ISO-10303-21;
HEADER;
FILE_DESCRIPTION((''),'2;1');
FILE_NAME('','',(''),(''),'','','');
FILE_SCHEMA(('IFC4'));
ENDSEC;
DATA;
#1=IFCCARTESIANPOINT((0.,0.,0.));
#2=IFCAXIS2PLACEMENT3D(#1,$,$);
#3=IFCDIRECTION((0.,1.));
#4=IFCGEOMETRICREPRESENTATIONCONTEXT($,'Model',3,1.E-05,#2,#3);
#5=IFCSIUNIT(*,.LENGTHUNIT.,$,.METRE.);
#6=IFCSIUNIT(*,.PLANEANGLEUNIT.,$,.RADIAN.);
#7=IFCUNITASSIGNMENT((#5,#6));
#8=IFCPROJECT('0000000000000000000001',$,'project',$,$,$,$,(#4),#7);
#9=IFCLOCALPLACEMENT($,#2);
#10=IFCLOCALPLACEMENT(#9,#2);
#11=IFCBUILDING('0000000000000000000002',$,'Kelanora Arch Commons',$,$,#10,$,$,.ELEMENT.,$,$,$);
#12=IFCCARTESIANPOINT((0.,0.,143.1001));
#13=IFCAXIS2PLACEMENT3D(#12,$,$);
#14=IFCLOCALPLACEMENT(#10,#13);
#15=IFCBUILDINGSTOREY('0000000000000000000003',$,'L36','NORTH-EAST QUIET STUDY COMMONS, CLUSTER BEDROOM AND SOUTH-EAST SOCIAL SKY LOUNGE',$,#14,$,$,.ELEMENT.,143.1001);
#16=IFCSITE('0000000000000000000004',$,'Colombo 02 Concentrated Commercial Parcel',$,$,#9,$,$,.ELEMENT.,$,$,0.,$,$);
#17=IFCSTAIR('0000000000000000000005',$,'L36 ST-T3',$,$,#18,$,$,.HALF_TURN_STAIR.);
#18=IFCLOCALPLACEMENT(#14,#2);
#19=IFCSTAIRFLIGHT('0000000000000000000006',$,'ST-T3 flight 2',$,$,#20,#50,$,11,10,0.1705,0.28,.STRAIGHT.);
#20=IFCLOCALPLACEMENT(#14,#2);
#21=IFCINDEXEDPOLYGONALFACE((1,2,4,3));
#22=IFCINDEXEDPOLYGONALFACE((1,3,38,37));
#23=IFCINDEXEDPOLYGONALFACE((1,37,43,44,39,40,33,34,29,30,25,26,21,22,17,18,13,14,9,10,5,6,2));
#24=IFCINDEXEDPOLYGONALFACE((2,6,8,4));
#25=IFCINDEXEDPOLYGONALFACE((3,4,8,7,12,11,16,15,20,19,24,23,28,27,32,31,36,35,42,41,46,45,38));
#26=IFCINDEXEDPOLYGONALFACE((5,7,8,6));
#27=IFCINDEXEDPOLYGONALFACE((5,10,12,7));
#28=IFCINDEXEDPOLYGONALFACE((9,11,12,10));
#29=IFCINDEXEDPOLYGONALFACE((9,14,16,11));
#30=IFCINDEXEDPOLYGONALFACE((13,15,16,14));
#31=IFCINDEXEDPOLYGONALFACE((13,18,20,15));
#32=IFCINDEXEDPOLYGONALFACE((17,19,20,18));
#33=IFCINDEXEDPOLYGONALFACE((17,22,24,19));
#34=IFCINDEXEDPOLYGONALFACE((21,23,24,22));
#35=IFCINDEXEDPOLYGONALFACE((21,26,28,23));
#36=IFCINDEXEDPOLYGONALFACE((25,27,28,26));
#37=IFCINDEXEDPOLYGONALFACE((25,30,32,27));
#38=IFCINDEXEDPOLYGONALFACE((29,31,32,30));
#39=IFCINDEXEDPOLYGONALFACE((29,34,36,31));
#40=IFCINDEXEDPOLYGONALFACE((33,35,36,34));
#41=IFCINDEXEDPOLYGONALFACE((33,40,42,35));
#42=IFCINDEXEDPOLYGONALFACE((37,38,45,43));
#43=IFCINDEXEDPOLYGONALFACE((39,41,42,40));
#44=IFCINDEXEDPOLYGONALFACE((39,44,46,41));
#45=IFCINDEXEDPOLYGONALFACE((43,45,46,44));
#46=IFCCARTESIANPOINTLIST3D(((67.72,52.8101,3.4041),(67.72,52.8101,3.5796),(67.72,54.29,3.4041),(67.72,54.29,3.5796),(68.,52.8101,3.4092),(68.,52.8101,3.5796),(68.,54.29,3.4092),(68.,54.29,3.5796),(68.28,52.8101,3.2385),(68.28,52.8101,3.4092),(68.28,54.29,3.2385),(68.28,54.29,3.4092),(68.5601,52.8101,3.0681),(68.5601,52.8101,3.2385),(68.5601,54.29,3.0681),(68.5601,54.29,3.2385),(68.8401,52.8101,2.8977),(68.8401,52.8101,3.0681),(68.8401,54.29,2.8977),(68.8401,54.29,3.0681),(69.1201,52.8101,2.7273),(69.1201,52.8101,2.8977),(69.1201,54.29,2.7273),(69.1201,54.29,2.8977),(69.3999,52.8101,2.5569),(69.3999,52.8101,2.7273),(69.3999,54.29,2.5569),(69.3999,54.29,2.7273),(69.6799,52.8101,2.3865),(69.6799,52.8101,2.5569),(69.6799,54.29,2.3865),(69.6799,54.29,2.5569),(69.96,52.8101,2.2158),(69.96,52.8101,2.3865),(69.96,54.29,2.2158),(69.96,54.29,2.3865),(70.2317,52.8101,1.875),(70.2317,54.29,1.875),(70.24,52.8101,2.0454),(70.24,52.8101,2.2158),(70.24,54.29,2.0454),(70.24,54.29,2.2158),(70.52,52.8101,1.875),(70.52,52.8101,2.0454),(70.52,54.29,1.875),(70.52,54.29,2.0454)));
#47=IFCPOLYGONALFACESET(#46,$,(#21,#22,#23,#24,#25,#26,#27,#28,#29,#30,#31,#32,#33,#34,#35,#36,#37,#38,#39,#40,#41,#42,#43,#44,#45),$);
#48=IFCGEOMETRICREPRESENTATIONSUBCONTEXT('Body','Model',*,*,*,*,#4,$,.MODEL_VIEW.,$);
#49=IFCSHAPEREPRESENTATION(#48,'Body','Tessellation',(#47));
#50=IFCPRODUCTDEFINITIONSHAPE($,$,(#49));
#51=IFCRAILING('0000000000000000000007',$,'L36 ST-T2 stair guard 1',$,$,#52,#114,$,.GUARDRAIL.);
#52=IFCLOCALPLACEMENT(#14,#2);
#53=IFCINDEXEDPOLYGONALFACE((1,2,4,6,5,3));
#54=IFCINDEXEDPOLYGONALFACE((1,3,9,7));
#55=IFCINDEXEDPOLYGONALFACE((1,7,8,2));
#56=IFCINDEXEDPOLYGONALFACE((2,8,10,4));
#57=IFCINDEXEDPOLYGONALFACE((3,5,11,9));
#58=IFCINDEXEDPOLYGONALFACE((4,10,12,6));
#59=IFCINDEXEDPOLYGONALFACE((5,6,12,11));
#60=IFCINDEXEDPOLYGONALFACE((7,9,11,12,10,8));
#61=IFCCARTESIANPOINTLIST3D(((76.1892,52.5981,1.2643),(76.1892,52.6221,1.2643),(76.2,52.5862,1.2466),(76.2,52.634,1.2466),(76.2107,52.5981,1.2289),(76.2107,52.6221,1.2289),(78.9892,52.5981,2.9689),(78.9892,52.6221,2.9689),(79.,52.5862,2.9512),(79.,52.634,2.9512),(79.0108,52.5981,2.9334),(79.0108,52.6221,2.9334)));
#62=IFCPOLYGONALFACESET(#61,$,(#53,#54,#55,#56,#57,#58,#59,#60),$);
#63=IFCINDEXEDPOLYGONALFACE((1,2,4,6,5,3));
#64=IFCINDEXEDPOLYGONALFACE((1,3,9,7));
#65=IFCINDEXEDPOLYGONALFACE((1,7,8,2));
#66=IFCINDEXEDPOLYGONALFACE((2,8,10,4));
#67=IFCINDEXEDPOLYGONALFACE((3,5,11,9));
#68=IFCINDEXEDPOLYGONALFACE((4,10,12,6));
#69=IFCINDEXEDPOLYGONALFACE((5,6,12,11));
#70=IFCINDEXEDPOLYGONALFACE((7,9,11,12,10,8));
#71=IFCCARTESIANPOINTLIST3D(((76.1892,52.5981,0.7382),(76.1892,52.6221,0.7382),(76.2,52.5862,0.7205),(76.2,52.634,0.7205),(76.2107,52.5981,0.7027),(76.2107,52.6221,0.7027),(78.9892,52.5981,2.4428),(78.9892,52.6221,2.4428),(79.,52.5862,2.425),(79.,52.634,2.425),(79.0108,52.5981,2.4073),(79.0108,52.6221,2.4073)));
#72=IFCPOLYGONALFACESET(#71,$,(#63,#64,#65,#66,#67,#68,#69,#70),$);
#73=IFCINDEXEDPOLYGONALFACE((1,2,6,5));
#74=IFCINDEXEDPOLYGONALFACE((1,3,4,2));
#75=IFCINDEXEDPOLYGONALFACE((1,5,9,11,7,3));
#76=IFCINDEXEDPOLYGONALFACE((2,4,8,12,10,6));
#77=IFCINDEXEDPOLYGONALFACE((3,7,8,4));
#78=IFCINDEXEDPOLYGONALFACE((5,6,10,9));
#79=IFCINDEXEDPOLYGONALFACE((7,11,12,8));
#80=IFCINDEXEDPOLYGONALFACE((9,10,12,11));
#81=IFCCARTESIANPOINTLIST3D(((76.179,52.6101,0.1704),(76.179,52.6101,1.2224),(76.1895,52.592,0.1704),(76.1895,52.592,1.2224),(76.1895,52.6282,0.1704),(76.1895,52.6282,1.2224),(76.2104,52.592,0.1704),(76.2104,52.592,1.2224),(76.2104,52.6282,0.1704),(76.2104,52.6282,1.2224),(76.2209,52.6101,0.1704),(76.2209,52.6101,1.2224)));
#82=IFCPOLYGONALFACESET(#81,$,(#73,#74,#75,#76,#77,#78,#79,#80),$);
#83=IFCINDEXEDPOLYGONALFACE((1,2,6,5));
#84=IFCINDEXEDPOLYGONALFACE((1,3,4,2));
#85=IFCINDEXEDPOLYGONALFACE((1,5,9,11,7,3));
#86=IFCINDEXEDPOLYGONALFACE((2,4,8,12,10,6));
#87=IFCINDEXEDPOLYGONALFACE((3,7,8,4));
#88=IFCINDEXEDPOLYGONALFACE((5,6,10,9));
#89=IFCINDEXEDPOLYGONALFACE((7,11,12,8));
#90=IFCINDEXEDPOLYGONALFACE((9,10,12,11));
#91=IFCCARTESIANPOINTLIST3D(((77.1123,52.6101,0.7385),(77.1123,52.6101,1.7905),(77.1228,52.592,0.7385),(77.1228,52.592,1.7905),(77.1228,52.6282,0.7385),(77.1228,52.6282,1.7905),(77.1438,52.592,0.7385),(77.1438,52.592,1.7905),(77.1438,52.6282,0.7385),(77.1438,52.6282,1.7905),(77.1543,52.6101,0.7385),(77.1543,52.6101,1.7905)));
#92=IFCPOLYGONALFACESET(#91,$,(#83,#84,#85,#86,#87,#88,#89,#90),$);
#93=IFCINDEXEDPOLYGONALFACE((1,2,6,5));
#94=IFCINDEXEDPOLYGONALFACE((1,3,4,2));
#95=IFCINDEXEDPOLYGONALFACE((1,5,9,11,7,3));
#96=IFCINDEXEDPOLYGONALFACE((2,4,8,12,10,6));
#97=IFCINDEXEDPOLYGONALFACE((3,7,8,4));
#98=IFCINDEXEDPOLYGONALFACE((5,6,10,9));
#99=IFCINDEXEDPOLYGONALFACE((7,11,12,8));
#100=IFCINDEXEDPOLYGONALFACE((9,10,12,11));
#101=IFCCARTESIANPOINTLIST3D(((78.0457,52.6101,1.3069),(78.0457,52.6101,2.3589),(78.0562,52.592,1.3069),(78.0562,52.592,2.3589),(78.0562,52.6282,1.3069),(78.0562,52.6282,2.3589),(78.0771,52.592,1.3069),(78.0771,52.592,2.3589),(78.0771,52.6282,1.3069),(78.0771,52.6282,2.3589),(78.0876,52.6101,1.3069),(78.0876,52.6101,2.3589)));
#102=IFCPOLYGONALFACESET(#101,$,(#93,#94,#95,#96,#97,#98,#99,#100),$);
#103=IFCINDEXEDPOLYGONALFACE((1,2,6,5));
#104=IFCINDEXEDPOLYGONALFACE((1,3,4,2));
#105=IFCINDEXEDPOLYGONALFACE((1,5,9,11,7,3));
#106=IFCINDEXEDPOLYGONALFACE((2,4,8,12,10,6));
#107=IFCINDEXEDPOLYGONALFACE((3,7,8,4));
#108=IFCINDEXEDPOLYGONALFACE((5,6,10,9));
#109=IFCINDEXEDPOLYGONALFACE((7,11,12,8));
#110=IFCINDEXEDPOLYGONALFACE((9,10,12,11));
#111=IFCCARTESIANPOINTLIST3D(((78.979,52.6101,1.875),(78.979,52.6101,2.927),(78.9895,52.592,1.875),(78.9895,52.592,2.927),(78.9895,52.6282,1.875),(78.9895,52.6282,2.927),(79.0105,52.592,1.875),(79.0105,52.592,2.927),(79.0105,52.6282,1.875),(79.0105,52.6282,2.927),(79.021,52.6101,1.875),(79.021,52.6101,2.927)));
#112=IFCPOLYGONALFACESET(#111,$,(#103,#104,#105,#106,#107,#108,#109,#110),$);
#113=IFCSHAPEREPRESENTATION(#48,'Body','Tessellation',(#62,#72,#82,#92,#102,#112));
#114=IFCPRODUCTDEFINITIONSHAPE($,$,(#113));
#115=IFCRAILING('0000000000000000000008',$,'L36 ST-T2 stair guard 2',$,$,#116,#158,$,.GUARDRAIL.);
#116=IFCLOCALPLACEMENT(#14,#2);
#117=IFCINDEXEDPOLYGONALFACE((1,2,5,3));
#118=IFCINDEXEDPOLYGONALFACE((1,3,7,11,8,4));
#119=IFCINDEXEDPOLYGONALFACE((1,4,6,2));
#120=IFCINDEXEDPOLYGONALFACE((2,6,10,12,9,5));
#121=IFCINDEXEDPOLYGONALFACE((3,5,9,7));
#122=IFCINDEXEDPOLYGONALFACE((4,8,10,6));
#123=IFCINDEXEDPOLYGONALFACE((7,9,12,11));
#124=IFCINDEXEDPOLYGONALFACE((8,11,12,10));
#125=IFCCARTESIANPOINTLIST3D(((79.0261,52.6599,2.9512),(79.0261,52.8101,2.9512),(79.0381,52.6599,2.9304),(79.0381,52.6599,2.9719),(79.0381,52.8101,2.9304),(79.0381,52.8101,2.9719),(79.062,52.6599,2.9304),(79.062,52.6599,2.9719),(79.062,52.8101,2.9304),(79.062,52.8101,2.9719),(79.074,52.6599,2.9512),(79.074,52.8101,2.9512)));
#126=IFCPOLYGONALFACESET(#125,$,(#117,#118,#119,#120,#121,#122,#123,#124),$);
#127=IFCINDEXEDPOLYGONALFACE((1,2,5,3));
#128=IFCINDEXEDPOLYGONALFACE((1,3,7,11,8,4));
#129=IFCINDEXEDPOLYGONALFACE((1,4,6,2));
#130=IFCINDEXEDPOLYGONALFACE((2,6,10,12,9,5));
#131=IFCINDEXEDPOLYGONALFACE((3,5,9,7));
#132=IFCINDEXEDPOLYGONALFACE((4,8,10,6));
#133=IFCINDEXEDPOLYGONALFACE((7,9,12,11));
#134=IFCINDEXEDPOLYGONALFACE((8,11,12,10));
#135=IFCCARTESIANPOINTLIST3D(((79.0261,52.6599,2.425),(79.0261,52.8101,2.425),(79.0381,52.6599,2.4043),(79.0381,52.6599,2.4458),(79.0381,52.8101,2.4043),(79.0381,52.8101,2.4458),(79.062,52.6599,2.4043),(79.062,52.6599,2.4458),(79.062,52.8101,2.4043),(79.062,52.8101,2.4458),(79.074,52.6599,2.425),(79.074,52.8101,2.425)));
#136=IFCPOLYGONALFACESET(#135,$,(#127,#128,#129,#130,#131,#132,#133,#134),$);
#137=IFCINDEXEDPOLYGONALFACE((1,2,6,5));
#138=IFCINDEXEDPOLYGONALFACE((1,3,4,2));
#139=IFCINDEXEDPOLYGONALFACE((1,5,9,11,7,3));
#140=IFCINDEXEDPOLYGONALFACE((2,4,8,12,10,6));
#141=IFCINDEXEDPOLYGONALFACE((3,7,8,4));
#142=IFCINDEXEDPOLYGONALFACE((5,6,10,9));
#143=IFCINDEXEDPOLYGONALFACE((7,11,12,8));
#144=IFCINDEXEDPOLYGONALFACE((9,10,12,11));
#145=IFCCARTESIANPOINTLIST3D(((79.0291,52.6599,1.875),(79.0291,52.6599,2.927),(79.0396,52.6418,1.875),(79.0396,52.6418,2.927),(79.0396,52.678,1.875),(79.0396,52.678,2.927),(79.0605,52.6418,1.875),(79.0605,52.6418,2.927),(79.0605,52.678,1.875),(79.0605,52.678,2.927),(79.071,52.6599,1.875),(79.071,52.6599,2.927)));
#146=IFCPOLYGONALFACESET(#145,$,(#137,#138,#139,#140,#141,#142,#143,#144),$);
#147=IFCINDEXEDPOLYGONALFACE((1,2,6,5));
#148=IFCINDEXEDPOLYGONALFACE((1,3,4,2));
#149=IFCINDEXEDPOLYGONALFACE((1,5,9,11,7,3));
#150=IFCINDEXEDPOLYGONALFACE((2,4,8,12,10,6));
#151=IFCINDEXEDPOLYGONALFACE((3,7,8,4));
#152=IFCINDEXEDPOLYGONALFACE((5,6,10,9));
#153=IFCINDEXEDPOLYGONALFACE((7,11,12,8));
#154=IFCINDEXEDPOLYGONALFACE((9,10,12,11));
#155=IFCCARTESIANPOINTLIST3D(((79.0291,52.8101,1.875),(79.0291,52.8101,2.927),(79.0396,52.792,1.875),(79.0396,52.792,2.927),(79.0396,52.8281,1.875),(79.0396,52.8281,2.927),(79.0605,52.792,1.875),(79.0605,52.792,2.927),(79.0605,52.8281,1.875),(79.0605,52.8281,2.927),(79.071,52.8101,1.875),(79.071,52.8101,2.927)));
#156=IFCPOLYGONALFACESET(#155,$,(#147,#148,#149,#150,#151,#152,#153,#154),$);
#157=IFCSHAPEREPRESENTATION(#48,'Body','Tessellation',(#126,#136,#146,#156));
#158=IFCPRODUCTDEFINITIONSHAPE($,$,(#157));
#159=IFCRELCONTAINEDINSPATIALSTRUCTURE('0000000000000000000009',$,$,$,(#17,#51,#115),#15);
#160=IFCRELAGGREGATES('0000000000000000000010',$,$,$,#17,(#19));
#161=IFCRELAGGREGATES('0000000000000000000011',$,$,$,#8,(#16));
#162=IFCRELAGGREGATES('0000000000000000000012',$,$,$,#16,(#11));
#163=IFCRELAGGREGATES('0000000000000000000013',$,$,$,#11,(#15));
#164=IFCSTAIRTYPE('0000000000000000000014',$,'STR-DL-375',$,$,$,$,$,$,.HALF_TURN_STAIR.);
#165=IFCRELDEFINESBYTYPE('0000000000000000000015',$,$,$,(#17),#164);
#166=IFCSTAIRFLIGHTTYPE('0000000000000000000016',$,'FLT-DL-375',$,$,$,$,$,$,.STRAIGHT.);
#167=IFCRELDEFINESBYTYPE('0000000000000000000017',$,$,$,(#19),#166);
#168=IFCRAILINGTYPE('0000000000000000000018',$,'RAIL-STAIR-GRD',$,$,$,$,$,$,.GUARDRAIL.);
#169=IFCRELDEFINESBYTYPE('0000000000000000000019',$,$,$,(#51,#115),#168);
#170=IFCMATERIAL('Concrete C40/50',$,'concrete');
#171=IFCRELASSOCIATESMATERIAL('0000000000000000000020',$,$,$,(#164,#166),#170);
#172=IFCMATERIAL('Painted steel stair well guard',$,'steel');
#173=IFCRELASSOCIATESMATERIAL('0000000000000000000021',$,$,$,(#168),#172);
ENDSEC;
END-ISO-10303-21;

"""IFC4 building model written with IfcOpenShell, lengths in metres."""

from ifc_helpers import new_model, si_unit, direction, frame, origin, place, context, subcontext, project, spatial, polyline, outline, extrude, material, type_object, element, aggregate, save


model = new_model("IFC4")

# Units and contexts
model_context = context("Model", 3, precision=1e-05, world=origin(), true_north=direction((0.0, 1.0)))
body_context = subcontext(model_context, "Body", "Model", "MODEL_VIEW")
ifc_project = project(units=[si_unit("LENGTHUNIT", "METRE"), si_unit("PLANEANGLEUNIT", "RADIAN")], contexts=[model_context])

# Site, building, storey
site_placement = place(None, origin())
site = spatial("IfcSite", under=ifc_project, at=site_placement, Name="Colombo 02 Concentrated Commercial Parcel", CompositionType="ELEMENT", RefElevation=0.0)
building_placement = place(site_placement, origin())
building = spatial("IfcBuilding", under=site, at=building_placement, Name="Kelanora Arch Commons", CompositionType="ELEMENT")
storey_placement = place(building_placement, frame((0.0, 0.0, 143.1001)))
storey = spatial("IfcBuildingStorey", under=building, at=storey_placement, Name="L36", Description="NORTH-EAST QUIET STUDY COMMONS, CLUSTER BEDROOM AND SOUTH-EAST SOCIAL SKY LOUNGE", CompositionType="ELEMENT", Elevation=143.1001)

# Shared definitions
ifc_material_1 = material(Name="Concrete C40/50", Category="concrete")

# Shared definitions
stair_type = type_object("IfcStairType", Name="STR-DL-375", PredefinedType="HALF_TURN_STAIR", material=ifc_material_1)
stair_flight_type = type_object("IfcStairFlightType", Name="FLT-DL-375", PredefinedType="STRAIGHT", material=ifc_material_1)

# Stair, stair flight
stair_1_placement = place(storey_placement, origin())
stair_1 = element("IfcStair", 1, at=stair_1_placement, inside=storey, type_object=stair_type, Name="L36 ST-T3", PredefinedType="HALF_TURN_STAIR")
stair_flight_1_placement = place(storey_placement, frame((70.52, 53.55, 1.875), z_axis=(0.0, 0.0, 1.0), x_axis=(-1.0, 0.0, 0.0)))
stair_flight_1 = element("IfcStairFlight", 2, at=stair_flight_1_placement, type_object=stair_flight_type, Name="ST-T3 flight 2", NumberOfRisers=11, NumberOfTreads=10, PredefinedType="STRAIGHT", RiserHeight=0.1705, TreadLength=0.28, context=body_context, shape_type="SweptSolid", body=[
    extrude(outline(polyline([(0.0, 0.0), (0.0, 0.1704), (0.28, 0.1704), (0.28, 0.3408), (0.5601, 0.3408), (0.5601, 0.5115), (0.8401, 0.5115), (0.8401, 0.6819), (1.1201, 0.6819), (1.1201, 0.8523), (1.3999, 0.8523), (1.3999, 1.0227), (1.6799, 1.0227), (1.6799, 1.1931), (1.96, 1.1931), (1.96, 1.3635), (2.24, 1.3635), (2.24, 1.5342), (2.52, 1.5342), (2.52, 1.7046), (2.8, 1.7046), (2.8, 1.875), (2.8, 1.5291), (0.2883, 0.0), (0.0, 0.0)])), frame((0.0, 0.74, 0.0), z_axis=(0.0, -1.0, 0.0), x_axis=(1.0, 0.0, 0.0)), (0.0, 0.0, 1.0), 1.48),
])
aggregate(stair_1, [stair_flight_1])

# Railings
ifc_material_2 = material(Name="Painted steel stair well guard", Category="steel")
railing_type_1 = type_object("IfcRailingType", Name="RAIL-STAIR-GRD", PredefinedType="GUARDRAIL", material=ifc_material_2)
railing_1_placement = place(storey_placement, frame((76.2, 52.6101, 0.1704)))
element("IfcRailing", 3, at=railing_1_placement, inside=storey, type_object=railing_type_1, Name="L36 ST-T2 stair guard 1", PredefinedType="GUARDRAIL", context=body_context, shape_type="SweptSolid", body=[
    extrude(outline(polyline([(0.0239, 0.0), (0.012, 0.0208), (-0.012, 0.0208), (-0.0239, 0.0), (-0.012, -0.0208), (0.012, -0.0208), (0.0239, 0.0)])), frame((0.0, 0.0, 1.0762), z_axis=(0.85417, 0.0, 0.519994), x_axis=(0.0, 1.0, 0.0)), (0.0, 0.0, 1.0), 3.2781),
    extrude(outline(polyline([(0.0239, 0.0), (0.012, 0.0208), (-0.012, 0.0208), (-0.0239, 0.0), (-0.012, -0.0208), (0.012, -0.0208), (0.0239, 0.0)])), frame((0.0, 0.0, 0.55), z_axis=(0.85417, 0.0, 0.519994), x_axis=(0.0, 1.0, 0.0)), (0.0, 0.0, 1.0), 3.2781),
    extrude(outline(polyline([(0.021, 0.0), (0.0105, 0.0181), (-0.0105, 0.0181), (-0.021, 0.0), (-0.0105, -0.0181), (0.0105, -0.0181), (0.021, 0.0)])), origin(), (0.0, 0.0, 1.0), 1.052),
    extrude(outline(polyline([(0.021, 0.0), (0.0105, 0.0181), (-0.0105, 0.0181), (-0.021, 0.0), (-0.0105, -0.0181), (0.0105, -0.0181), (0.021, 0.0)])), frame((0.9333, 0.0, 0.5681)), (0.0, 0.0, 1.0), 1.052),
    extrude(outline(polyline([(0.021, 0.0), (0.0105, 0.0181), (-0.0105, 0.0181), (-0.021, 0.0), (-0.0105, -0.0181), (0.0105, -0.0181), (0.021, 0.0)])), frame((1.8667, 0.0, 1.1365)), (0.0, 0.0, 1.0), 1.052),
    extrude(outline(polyline([(0.021, 0.0), (0.0105, 0.0181), (-0.0105, 0.0181), (-0.021, 0.0), (-0.0105, -0.0181), (0.0105, -0.0181), (0.021, 0.0)])), frame((2.8, 0.0, 1.7046)), (0.0, 0.0, 1.0), 1.052),
])
railing_2_placement = place(storey_placement, frame((79.05, 52.6599, 1.875)))
element("IfcRailing", 4, at=railing_2_placement, inside=storey, type_object=railing_type_1, Name="L36 ST-T2 stair guard 2", PredefinedType="GUARDRAIL", context=body_context, shape_type="SweptSolid", body=[
    extrude(outline(polyline([(0.0239, 0.0), (0.012, 0.0208), (-0.012, 0.0208), (-0.0239, 0.0), (-0.012, -0.0208), (0.012, -0.0208), (0.0239, 0.0)])), frame((0.0, 0.0, 1.0762), z_axis=(0.0, 1.0, 0.0), x_axis=(-1.0, 0.0, 0.0)), (0.0, 0.0, 1.0), 0.1501),
    extrude(outline(polyline([(0.0239, 0.0), (0.012, 0.0208), (-0.012, 0.0208), (-0.0239, 0.0), (-0.012, -0.0208), (0.012, -0.0208), (0.0239, 0.0)])), frame((0.0, 0.0, 0.55), z_axis=(0.0, 1.0, 0.0), x_axis=(-1.0, 0.0, 0.0)), (0.0, 0.0, 1.0), 0.1501),
    extrude(outline(polyline([(0.021, 0.0), (0.0105, 0.0181), (-0.0105, 0.0181), (-0.021, 0.0), (-0.0105, -0.0181), (0.0105, -0.0181), (0.021, 0.0)])), origin(), (0.0, 0.0, 1.0), 1.052),
    extrude(outline(polyline([(0.021, 0.0), (0.0105, 0.0181), (-0.0105, 0.0181), (-0.021, 0.0), (-0.0105, -0.0181), (0.0105, -0.0181), (0.021, 0.0)])), frame((0.0, 0.1501, 0.0)), (0.0, 0.0, 1.0), 1.052),
])

save(model, "model.ifc")
